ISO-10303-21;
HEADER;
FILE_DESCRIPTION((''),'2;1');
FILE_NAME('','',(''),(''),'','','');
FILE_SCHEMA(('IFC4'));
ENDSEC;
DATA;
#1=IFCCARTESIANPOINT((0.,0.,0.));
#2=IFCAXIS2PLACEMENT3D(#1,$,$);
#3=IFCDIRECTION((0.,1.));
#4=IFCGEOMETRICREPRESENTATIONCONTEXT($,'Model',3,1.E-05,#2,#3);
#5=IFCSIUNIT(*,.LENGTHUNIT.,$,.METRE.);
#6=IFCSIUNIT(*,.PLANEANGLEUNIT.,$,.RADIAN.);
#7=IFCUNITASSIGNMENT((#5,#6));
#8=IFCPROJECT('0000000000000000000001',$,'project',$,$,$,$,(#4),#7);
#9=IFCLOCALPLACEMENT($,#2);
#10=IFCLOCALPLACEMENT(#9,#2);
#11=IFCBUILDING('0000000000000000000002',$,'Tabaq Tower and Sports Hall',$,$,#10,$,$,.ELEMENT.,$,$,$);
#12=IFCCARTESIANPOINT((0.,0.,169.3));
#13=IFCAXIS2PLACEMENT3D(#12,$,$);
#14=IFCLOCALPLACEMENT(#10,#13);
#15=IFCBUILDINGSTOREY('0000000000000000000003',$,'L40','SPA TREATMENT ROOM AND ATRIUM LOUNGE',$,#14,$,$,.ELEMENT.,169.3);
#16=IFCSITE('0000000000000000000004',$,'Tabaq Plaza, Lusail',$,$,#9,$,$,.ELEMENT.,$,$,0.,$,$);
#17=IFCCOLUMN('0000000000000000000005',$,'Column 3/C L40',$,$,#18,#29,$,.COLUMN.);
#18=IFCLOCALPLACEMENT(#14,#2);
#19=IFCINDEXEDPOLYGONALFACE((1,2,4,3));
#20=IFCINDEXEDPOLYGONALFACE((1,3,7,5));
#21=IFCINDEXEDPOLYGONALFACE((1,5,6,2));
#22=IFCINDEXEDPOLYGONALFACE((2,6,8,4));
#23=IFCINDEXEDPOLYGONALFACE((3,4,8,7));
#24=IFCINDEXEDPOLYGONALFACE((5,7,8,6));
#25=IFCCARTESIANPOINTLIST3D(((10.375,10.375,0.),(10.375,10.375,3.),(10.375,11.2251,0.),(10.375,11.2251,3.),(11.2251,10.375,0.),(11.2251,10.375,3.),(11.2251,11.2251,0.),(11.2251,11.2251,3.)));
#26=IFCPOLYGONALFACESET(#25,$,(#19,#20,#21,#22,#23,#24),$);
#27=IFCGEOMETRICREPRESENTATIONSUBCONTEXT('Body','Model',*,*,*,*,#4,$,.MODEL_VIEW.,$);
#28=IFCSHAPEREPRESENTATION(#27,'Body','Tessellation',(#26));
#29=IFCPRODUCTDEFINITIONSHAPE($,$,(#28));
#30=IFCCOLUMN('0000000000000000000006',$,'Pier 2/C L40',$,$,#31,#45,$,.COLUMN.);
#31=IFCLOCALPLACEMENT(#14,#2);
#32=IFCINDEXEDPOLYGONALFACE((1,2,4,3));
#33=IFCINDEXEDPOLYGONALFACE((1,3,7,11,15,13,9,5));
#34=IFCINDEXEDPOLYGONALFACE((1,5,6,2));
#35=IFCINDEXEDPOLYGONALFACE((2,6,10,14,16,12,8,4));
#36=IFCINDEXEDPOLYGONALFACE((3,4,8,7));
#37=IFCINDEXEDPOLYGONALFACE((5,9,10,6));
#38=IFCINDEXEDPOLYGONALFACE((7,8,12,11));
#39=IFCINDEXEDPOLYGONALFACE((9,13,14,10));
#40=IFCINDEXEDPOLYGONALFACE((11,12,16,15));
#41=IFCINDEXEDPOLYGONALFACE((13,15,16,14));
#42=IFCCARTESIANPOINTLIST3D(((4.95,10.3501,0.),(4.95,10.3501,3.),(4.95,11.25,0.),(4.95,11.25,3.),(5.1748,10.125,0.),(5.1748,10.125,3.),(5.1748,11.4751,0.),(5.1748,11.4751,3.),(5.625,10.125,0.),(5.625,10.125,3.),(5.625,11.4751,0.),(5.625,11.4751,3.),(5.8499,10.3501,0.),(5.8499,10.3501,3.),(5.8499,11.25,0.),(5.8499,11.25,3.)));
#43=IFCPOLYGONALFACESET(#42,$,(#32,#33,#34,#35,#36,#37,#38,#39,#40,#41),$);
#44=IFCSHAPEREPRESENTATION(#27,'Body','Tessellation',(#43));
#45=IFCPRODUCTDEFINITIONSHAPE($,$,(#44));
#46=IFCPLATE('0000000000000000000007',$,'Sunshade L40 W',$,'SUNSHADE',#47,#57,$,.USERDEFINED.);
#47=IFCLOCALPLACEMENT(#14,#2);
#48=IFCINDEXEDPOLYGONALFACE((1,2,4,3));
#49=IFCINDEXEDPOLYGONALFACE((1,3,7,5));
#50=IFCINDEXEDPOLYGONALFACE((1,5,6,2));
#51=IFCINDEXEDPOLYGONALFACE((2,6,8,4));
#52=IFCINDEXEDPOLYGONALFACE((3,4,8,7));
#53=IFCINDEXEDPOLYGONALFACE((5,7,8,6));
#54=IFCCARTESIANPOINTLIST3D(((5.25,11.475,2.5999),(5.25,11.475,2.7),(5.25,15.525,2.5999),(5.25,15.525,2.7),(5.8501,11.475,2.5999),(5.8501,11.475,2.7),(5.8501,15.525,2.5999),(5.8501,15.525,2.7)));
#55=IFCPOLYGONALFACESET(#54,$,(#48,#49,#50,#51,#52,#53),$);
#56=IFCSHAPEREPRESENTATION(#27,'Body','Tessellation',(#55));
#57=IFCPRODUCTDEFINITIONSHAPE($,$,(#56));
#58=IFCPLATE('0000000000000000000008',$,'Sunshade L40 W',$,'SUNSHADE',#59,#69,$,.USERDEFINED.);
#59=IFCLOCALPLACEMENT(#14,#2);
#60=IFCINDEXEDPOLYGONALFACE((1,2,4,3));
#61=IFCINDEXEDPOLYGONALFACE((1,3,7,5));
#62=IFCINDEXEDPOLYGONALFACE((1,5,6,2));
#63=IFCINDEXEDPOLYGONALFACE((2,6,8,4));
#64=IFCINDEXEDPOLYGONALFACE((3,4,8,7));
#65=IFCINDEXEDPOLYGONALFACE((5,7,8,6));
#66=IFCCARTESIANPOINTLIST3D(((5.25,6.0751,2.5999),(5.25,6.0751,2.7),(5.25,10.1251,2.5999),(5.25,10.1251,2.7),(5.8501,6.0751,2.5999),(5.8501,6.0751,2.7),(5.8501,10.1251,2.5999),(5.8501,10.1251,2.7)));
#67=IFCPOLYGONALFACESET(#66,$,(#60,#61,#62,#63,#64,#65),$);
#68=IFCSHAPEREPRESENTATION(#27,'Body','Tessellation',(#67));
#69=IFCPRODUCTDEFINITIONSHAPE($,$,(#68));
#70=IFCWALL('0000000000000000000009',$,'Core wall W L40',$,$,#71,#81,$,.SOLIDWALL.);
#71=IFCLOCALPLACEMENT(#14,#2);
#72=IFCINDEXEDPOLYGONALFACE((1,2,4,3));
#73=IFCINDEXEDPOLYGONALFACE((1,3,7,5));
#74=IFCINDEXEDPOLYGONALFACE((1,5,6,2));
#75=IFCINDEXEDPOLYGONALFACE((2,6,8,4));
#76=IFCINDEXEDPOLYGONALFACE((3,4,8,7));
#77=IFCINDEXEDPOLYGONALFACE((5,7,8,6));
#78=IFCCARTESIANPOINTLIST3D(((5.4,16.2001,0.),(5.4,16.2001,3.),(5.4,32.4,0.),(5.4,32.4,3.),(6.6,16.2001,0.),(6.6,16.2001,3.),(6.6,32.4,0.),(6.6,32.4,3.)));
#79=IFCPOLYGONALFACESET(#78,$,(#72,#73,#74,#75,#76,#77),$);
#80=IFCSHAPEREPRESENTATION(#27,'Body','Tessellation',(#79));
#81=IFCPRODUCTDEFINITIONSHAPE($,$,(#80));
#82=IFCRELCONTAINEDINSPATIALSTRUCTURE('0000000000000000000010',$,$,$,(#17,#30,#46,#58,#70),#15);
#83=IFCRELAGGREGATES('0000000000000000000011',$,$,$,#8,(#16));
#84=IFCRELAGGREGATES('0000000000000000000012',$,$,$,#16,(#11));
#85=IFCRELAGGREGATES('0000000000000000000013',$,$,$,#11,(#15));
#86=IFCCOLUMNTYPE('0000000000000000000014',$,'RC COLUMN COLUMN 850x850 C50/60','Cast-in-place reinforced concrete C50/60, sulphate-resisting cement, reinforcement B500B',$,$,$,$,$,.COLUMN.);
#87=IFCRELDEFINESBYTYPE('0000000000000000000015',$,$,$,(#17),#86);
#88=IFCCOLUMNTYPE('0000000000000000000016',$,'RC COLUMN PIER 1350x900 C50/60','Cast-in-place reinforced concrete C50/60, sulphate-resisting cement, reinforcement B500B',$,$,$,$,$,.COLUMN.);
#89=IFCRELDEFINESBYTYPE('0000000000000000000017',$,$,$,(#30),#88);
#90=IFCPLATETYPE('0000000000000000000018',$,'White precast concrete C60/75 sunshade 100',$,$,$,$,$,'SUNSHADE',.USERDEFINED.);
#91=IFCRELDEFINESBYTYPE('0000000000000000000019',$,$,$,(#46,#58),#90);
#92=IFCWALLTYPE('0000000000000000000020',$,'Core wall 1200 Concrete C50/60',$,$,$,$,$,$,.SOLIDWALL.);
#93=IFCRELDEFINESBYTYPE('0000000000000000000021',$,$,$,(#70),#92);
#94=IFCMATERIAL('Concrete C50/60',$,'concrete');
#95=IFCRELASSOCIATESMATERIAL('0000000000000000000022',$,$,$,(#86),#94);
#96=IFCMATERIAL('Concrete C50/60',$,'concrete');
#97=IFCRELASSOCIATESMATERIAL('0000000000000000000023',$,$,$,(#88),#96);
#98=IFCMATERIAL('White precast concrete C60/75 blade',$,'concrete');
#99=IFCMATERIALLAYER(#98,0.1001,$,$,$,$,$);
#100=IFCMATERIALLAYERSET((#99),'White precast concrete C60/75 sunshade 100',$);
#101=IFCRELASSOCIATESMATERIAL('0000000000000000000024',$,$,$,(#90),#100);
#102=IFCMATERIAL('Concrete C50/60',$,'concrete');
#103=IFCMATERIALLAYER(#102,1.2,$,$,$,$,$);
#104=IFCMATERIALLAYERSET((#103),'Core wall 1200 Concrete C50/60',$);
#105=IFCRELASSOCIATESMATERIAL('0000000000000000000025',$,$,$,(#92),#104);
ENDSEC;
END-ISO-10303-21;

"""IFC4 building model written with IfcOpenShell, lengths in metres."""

from ifc_helpers import new_model, si_unit, direction, frame, frame_2d, origin, origin_2d, place, context, subcontext, project, spatial, polyline, rectangle, outline, extrude, material, layer, layer_set, material_profile, profile_set, type_object, element, save


model = new_model("IFC4")

# Units and contexts
model_context = context("Model", 3, precision=1e-05, world=origin(), true_north=direction((0.0, 1.0)))
body_context = subcontext(model_context, "Body", "Model", "MODEL_VIEW")
ifc_project = project(units=[si_unit("LENGTHUNIT", "METRE"), si_unit("PLANEANGLEUNIT", "RADIAN")], contexts=[model_context])

# Site, building, storey
site_placement = place(None, origin())
site = spatial("IfcSite", under=ifc_project, at=site_placement, Name="Tabaq Plaza, Lusail", CompositionType="ELEMENT", RefElevation=0.0)
building_placement = place(site_placement, origin())
building = spatial("IfcBuilding", under=site, at=building_placement, Name="Tabaq Tower and Sports Hall", CompositionType="ELEMENT")
storey_placement = place(building_placement, frame((0.0, 0.0, 169.3)))
storey = spatial("IfcBuildingStorey", under=building, at=storey_placement, Name="L40", Description="SPA TREATMENT ROOM AND ATRIUM LOUNGE", CompositionType="ELEMENT", Elevation=169.3)

# Columns
ifc_material_1 = material(Name="Concrete C50/60", Category="concrete")
ifc_material_profile_1 = material_profile(ifc_material_1, rectangle(XDim=0.8501, YDim=0.8501, at=origin_2d()), Name="COLUMN 850x850")
ifc_profile_set_1 = profile_set([ifc_material_profile_1], Name="Concrete C50/60")
column_type_1 = type_object("IfcColumnType", Name="RC COLUMN COLUMN 850x850 C50/60", Description="Cast-in-place reinforced concrete C50/60, sulphate-resisting cement, reinforcement B500B", PredefinedType="COLUMN", material=ifc_profile_set_1)
column_1_placement = place(storey_placement, frame((10.8, 10.8, 0.0), z_axis=(0.0, 0.0, 1.0), x_axis=(1.0, 0.0, 0.0)))
element("IfcColumn", 1, at=column_1_placement, inside=storey, type_object=column_type_1, Name="Column 3/C L40", PredefinedType="COLUMN", context=body_context, shape_type="SweptSolid", body=[
    extrude(rectangle(XDim=0.8501, YDim=0.8501, at=origin_2d()), origin(), (0.0, 0.0, 1.0), 3.0),
])
ifc_material_2 = material(Name="Concrete C50/60", Category="concrete")
ifc_material_profile_2 = material_profile(ifc_material_2, outline(polyline([(-0.45, -0.45), (0.45, -0.45), (0.675, -0.2251), (0.675, 0.2251), (0.45, 0.45), (-0.45, 0.45), (-0.675, 0.2251), (-0.675, -0.2251), (-0.45, -0.45)])), Name="PIER 1350x900")
ifc_profile_set_2 = profile_set([ifc_material_profile_2], Name="Concrete C50/60")
column_type_2 = type_object("IfcColumnType", Name="RC COLUMN PIER 1350x900 C50/60", Description="Cast-in-place reinforced concrete C50/60, sulphate-resisting cement, reinforcement B500B", PredefinedType="COLUMN", material=ifc_profile_set_2)
column_2_placement = place(storey_placement, frame((5.3999, 10.8, 0.0), z_axis=(0.0, 0.0, 1.0), x_axis=(0.0, 1.0, 0.0)))
element("IfcColumn", 2, at=column_2_placement, inside=storey, type_object=column_type_2, Name="Pier 2/C L40", PredefinedType="COLUMN", context=body_context, shape_type="SweptSolid", body=[
    extrude(outline(polyline([(-0.45, -0.45), (0.45, -0.45), (0.675, -0.2251), (0.675, 0.2251), (0.45, 0.45), (-0.45, 0.45), (-0.675, 0.2251), (-0.675, -0.2251), (-0.45, -0.45)])), origin(), (0.0, 0.0, 1.0), 3.0),
])

# Plates
ifc_material_3 = material(Name="White precast concrete C60/75 blade", Category="concrete")
ifc_layer_1 = layer(ifc_material_3, 0.1001)
ifc_layer_set_1 = layer_set([ifc_layer_1], Name="White precast concrete C60/75 sunshade 100")
plate_type = type_object("IfcPlateType", Name="White precast concrete C60/75 sunshade 100", ElementType="SUNSHADE", PredefinedType="USERDEFINED", material=ifc_layer_set_1)
for number, where, z_axis, x_axis, name in (
    (3, (5.55, 13.5, 2.5999), (0.0, 0.0, 1.0), (0.0, -1.0, 0.0), "Sunshade L40 W"),
    (4, (5.55, 8.1001, 2.5999), (0.0, 0.0, 1.0), (0.0, -1.0, 0.0), "Sunshade L40 W"),
):
    element("IfcPlate", number, at=place(storey_placement, frame(where, z_axis=z_axis, x_axis=x_axis)), inside=storey, type_object=plate_type, Name=name, ObjectType="SUNSHADE", PredefinedType="USERDEFINED", context=body_context, shape_type="SweptSolid", body=[
        extrude(rectangle(XDim=4.05, YDim=0.6001, at=origin_2d()), origin(), (0.0, 0.0, 1.0), 0.1001),
    ])

# Wall
ifc_material_4 = material(Name="Concrete C50/60", Category="concrete")
ifc_layer_2 = layer(ifc_material_4, 1.2)
ifc_layer_set_2 = layer_set([ifc_layer_2], Name="Core wall 1200 Concrete C50/60")
wall_type_1 = type_object("IfcWallType", Name="Core wall 1200 Concrete C50/60", PredefinedType="SOLIDWALL", material=ifc_layer_set_2)
wall_1_placement = place(storey_placement, frame((6.0, 16.2, 0.0), z_axis=(0.0, 0.0, 1.0), x_axis=(0.0, 1.0, 0.0)))
element("IfcWall", 5, at=wall_1_placement, inside=storey, type_object=wall_type_1, Name="Core wall W L40", PredefinedType="SOLIDWALL", context=body_context, shape_type="SweptSolid", body=[
    extrude(rectangle(XDim=16.2, YDim=1.2, at=frame_2d((8.1001, 0.0))), origin(), (0.0, 0.0, 1.0), 3.0),
])

save(model, "model.ifc")
